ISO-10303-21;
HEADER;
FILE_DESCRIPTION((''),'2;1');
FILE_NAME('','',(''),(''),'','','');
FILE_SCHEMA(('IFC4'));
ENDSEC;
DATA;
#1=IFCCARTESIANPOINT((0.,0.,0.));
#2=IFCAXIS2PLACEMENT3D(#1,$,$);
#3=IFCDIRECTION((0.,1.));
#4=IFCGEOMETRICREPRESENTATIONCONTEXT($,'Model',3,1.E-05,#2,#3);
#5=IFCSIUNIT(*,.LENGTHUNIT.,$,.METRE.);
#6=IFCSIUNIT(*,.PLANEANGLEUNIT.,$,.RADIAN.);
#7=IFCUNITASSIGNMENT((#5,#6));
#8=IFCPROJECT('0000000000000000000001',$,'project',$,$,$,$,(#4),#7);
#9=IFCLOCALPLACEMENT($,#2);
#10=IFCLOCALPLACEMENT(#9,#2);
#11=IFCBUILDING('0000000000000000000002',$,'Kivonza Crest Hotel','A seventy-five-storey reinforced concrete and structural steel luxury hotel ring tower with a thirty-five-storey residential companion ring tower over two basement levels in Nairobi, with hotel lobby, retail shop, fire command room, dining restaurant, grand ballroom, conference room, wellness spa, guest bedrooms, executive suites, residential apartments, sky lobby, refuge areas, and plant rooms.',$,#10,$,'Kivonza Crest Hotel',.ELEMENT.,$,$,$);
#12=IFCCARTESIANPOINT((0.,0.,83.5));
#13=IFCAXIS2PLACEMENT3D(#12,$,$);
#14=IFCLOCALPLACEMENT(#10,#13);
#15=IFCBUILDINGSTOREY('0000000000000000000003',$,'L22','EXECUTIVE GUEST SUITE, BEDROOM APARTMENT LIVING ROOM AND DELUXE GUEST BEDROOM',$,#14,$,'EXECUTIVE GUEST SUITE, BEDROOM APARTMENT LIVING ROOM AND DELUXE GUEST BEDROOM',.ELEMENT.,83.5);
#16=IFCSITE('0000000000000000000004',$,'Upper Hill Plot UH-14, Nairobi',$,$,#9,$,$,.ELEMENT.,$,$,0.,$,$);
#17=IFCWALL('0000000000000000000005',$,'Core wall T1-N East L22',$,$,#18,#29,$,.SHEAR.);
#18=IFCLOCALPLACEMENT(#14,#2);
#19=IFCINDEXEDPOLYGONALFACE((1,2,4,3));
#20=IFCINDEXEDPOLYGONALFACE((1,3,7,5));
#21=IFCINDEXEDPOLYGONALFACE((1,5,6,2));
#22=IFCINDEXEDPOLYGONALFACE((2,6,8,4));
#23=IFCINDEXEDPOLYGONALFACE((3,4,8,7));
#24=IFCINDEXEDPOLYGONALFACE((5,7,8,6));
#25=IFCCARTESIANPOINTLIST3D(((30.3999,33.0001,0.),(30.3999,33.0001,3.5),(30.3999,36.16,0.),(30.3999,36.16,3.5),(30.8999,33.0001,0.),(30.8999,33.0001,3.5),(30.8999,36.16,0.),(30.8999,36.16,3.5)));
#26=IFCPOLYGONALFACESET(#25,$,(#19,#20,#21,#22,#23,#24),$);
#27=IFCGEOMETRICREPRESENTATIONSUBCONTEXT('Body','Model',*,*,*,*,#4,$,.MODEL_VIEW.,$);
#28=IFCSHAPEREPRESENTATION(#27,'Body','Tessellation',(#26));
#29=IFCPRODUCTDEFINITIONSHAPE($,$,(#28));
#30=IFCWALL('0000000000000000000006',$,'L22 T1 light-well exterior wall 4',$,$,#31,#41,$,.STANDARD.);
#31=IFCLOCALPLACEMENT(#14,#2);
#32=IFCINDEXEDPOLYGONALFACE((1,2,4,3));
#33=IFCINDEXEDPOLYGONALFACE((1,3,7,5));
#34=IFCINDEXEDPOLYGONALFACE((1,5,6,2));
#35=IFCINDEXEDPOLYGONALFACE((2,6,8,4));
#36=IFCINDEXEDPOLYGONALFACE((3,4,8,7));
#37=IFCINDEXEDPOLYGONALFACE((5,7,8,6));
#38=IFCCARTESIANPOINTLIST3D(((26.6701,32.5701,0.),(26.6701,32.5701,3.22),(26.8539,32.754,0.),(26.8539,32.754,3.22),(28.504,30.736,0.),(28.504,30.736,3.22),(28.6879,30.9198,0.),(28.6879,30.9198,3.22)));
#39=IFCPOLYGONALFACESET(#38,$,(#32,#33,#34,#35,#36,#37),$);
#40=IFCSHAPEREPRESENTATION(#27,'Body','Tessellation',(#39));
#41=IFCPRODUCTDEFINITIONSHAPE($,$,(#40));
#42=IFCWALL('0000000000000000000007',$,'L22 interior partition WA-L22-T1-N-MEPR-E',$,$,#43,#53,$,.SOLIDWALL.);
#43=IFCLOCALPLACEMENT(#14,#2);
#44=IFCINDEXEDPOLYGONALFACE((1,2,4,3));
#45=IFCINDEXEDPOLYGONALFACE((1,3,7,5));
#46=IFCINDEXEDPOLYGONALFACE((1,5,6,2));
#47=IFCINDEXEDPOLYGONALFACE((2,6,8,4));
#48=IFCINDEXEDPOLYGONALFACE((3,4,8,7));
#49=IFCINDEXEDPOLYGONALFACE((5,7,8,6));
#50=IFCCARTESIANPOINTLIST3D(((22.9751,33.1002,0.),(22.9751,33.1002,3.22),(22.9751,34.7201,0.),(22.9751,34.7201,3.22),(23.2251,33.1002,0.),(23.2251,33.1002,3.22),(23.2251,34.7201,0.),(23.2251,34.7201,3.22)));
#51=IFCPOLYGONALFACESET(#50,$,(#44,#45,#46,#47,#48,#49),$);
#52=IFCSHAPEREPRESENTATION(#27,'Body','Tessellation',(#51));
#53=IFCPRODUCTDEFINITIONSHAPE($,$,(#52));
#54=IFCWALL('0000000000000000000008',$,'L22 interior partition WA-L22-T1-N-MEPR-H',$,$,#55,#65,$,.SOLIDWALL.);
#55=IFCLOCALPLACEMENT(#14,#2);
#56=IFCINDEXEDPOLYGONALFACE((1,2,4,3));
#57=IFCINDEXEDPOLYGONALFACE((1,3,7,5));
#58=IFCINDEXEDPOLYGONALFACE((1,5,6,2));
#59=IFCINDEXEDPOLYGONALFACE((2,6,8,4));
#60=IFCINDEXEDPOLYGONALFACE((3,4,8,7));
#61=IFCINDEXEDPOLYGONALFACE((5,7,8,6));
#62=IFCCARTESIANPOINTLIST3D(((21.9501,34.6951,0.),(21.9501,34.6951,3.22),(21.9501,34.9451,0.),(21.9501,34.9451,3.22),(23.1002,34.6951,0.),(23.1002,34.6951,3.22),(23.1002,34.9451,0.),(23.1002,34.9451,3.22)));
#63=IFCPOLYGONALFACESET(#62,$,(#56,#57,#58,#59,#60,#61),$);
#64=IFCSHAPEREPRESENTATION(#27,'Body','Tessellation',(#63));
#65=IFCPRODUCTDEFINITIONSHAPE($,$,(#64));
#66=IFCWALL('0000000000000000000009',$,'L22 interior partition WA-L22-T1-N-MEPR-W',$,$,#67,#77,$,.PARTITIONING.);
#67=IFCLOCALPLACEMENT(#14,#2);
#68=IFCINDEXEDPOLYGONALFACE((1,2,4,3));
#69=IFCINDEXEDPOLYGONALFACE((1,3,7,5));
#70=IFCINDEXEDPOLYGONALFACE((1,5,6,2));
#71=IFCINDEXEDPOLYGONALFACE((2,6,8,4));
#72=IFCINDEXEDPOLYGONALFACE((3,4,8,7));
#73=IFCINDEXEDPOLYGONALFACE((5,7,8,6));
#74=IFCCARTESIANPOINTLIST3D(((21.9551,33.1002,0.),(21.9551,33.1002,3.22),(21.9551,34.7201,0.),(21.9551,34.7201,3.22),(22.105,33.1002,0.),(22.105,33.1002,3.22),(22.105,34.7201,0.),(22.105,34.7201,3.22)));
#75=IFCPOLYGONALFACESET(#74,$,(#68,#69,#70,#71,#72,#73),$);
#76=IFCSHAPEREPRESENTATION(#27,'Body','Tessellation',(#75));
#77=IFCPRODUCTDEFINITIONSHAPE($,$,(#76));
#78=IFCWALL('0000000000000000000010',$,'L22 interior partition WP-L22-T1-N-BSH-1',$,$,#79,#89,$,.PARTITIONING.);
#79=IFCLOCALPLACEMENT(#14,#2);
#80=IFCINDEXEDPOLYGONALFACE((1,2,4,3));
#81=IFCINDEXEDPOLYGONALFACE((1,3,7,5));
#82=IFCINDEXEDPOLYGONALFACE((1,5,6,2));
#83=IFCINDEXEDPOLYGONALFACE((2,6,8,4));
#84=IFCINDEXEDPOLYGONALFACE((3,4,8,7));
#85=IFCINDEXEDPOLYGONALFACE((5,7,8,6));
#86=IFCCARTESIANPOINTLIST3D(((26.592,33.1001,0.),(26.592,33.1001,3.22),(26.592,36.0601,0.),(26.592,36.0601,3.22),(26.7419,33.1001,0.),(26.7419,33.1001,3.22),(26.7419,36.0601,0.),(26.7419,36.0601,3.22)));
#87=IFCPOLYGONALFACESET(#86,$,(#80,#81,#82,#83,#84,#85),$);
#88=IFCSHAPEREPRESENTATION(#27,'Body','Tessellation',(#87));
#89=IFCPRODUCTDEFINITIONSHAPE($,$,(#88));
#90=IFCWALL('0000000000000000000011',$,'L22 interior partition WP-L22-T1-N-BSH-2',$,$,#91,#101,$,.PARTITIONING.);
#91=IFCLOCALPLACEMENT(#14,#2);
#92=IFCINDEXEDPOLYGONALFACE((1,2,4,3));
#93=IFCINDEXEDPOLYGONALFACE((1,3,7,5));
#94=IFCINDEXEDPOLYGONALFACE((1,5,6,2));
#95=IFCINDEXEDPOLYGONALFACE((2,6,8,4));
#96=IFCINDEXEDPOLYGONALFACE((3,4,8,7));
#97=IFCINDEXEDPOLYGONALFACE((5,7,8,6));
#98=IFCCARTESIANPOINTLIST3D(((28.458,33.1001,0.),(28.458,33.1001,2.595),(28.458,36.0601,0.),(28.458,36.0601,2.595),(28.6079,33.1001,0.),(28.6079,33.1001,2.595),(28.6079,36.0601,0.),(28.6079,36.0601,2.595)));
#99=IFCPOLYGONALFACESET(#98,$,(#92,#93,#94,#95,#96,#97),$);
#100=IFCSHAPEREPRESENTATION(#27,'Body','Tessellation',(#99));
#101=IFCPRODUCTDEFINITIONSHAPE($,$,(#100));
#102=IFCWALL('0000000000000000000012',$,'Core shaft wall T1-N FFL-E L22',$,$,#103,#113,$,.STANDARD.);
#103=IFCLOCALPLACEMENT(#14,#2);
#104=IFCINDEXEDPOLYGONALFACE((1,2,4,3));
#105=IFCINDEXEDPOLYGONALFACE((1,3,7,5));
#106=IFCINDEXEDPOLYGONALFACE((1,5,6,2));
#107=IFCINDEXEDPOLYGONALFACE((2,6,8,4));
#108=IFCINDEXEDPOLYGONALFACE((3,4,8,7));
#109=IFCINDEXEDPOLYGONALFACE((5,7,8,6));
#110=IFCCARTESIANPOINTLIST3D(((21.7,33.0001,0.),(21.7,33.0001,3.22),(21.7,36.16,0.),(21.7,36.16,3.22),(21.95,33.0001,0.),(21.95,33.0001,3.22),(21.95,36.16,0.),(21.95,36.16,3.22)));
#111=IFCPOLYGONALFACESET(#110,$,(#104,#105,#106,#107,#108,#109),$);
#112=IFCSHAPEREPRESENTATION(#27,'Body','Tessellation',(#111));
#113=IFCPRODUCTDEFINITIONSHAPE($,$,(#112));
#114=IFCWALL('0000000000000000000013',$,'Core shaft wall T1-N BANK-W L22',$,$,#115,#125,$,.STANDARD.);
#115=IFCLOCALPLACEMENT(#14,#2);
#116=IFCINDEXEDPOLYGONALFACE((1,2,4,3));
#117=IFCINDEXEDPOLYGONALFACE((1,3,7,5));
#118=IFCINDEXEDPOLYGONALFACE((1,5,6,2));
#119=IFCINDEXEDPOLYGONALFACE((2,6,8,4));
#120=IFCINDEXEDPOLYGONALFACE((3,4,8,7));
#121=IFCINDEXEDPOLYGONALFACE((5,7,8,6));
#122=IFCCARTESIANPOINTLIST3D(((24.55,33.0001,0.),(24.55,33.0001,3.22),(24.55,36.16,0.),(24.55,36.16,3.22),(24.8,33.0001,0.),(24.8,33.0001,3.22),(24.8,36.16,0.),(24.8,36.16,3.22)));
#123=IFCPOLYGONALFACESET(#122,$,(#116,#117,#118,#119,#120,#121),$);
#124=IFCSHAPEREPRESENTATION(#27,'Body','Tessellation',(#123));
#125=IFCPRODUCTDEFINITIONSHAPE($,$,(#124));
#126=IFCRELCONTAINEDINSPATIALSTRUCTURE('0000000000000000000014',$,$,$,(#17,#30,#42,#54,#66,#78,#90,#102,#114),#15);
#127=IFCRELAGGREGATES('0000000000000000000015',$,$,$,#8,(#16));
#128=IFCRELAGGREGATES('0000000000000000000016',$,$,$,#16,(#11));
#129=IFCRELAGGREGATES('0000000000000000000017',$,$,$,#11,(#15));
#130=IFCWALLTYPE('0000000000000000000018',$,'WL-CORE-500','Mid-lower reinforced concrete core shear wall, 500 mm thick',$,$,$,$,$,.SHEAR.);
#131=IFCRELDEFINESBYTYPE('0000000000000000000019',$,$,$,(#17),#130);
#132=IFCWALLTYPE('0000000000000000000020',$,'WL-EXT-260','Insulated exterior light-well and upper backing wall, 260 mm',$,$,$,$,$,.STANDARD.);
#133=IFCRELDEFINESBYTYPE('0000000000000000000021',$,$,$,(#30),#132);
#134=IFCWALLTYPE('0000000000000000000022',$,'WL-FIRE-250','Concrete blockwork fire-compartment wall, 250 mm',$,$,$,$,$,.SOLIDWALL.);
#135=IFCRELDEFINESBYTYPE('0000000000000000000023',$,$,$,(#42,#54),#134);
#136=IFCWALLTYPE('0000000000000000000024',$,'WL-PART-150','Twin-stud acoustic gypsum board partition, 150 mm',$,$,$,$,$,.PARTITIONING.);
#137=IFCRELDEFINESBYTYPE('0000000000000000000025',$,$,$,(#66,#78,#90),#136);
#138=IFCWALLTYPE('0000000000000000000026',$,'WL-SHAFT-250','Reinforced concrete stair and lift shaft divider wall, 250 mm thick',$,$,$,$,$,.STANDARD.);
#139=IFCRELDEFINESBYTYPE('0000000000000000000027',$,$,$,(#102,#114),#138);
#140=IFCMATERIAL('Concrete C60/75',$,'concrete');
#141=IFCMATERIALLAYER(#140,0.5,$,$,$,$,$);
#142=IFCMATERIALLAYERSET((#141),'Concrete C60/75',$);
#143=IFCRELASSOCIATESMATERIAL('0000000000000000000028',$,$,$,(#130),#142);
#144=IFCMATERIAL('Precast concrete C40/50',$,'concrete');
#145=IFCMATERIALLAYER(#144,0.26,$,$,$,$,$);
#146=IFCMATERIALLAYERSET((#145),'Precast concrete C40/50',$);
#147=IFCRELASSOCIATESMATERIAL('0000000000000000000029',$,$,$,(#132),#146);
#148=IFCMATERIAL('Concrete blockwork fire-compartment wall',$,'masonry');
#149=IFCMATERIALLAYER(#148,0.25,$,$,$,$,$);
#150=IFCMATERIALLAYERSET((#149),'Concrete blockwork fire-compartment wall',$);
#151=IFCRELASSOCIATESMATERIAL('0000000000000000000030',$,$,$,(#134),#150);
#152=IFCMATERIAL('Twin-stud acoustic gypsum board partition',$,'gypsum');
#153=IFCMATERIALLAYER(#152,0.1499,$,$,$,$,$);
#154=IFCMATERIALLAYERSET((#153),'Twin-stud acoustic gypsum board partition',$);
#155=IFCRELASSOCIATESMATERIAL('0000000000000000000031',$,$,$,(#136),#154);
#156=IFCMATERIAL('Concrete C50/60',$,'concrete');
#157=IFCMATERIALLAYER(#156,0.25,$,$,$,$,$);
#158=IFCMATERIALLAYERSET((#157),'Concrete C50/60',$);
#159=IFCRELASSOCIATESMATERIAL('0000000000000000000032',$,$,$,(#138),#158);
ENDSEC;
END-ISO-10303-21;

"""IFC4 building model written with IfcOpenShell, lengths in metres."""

from ifc_helpers import new_model, si_unit, direction, frame, frame_2d, origin, place, context, subcontext, project, spatial, rectangle, extrude, material, layer, layer_set, type_object, element, save


model = new_model("IFC4")

# Units and contexts
model_context = context("Model", 3, precision=1e-05, world=origin(), true_north=direction((0.0, 1.0)))
body_context = subcontext(model_context, "Body", "Model", "MODEL_VIEW")
ifc_project = project(units=[si_unit("LENGTHUNIT", "METRE"), si_unit("PLANEANGLEUNIT", "RADIAN")], contexts=[model_context])

# Site, building, storey
site_placement = place(None, origin())
site = spatial("IfcSite", under=ifc_project, at=site_placement, Name="Upper Hill Plot UH-14, Nairobi", CompositionType="ELEMENT", RefElevation=0.0)
building_placement = place(site_placement, origin())
building = spatial("IfcBuilding", under=site, at=building_placement, Name="Kivonza Crest Hotel", Description="A seventy-five-storey reinforced concrete and structural steel luxury hotel ring tower with a thirty-five-storey residential companion ring tower over two basement levels in Nairobi, with hotel lobby, retail shop, fire command room, dining restaurant, grand ballroom, conference room, wellness spa, guest bedrooms, executive suites, residential apartments, sky lobby, refuge areas, and plant rooms.", LongName="Kivonza Crest Hotel", CompositionType="ELEMENT")
storey_placement = place(building_placement, frame((0.0, 0.0, 83.5)))
storey = spatial("IfcBuildingStorey", under=building, at=storey_placement, Name="L22", Description="EXECUTIVE GUEST SUITE, BEDROOM APARTMENT LIVING ROOM AND DELUXE GUEST BEDROOM", LongName="EXECUTIVE GUEST SUITE, BEDROOM APARTMENT LIVING ROOM AND DELUXE GUEST BEDROOM", CompositionType="ELEMENT", Elevation=83.5)

# Shared definitions
ifc_material_1 = material(Name="Concrete C50/60", Category="concrete")
ifc_material_2 = material(Name="Concrete C60/75", Category="concrete")

# Walls
ifc_layer_1 = layer(ifc_material_2, 0.5)
ifc_layer_set_1 = layer_set([ifc_layer_1], Name="Concrete C60/75")
wall_type_1 = type_object("IfcWallType", Name="WL-CORE-500", Description="Mid-lower reinforced concrete core shear wall, 500 mm thick", PredefinedType="SHEAR", material=ifc_layer_set_1)
wall_1_placement = place(storey_placement, frame((30.6499, 33.0, 0.0), z_axis=(0.0, 0.0, 1.0), x_axis=(0.0, 1.0, 0.0)))
element("IfcWall", 1, at=wall_1_placement, inside=storey, type_object=wall_type_1, Name="Core wall T1-N East L22", PredefinedType="SHEAR", context=body_context, shape_type="SweptSolid", body=[
    extrude(rectangle(XDim=3.1599, YDim=0.5, at=frame_2d((1.5801, 0.0))), origin(), (0.0, 0.0, 1.0), 3.5),
])
ifc_material_3 = material(Name="Precast concrete C40/50", Category="concrete")
ifc_layer_2 = layer(ifc_material_3, 0.26)
ifc_layer_set_2 = layer_set([ifc_layer_2], Name="Precast concrete C40/50")
wall_type_2 = type_object("IfcWallType", Name="WL-EXT-260", Description="Insulated exterior light-well and upper backing wall, 260 mm", PredefinedType="STANDARD", material=ifc_layer_set_2)
wall_2_placement = place(storey_placement, frame((28.5959, 30.8279, 0.0), z_axis=(0.0, 0.0, 1.0), x_axis=(-0.70706, 0.707154, 0.0)))
element("IfcWall", 2, at=wall_2_placement, inside=storey, type_object=wall_type_2, Name="L22 T1 light-well exterior wall 4", PredefinedType="STANDARD", context=body_context, shape_type="SweptSolid", body=[
    extrude(rectangle(XDim=2.5938, YDim=0.26, at=frame_2d((1.2969, 0.0))), origin(), (0.0, 0.0, 1.0), 3.22),
])
ifc_material_4 = material(Name="Concrete blockwork fire-compartment wall", Category="masonry")
ifc_layer_3 = layer(ifc_material_4, 0.25)
ifc_layer_set_3 = layer_set([ifc_layer_3], Name="Concrete blockwork fire-compartment wall")
wall_type_3 = type_object("IfcWallType", Name="WL-FIRE-250", Description="Concrete blockwork fire-compartment wall, 250 mm", PredefinedType="SOLIDWALL", material=ifc_layer_set_3)
wall_3_placement = place(storey_placement, frame((23.1001, 33.1001, 0.0), z_axis=(0.0, 0.0, 1.0), x_axis=(0.0, 1.0, 0.0)))
element("IfcWall", 3, at=wall_3_placement, inside=storey, type_object=wall_type_3, Name="L22 interior partition WA-L22-T1-N-MEPR-E", PredefinedType="SOLIDWALL", context=body_context, shape_type="SweptSolid", body=[
    extrude(rectangle(XDim=1.6199, YDim=0.25, at=frame_2d((0.8101, 0.0))), origin(), (0.0, 0.0, 1.0), 3.22),
])
wall_4_placement = place(storey_placement, frame((21.95, 34.8201, 0.0), z_axis=(0.0, 0.0, 1.0), x_axis=(1.0, 0.0, 0.0)))
element("IfcWall", 4, at=wall_4_placement, inside=storey, type_object=wall_type_3, Name="L22 interior partition WA-L22-T1-N-MEPR-H", PredefinedType="SOLIDWALL", context=body_context, shape_type="SweptSolid", body=[
    extrude(rectangle(XDim=1.1501, YDim=0.25, at=frame_2d((0.5752, 0.0))), origin(), (0.0, 0.0, 1.0), 3.22),
])
ifc_material_5 = material(Name="Twin-stud acoustic gypsum board partition", Category="gypsum")
ifc_layer_4 = layer(ifc_material_5, 0.1499)
ifc_layer_set_4 = layer_set([ifc_layer_4], Name="Twin-stud acoustic gypsum board partition")
wall_type_4 = type_object("IfcWallType", Name="WL-PART-150", Description="Twin-stud acoustic gypsum board partition, 150 mm", PredefinedType="PARTITIONING", material=ifc_layer_set_4)
wall_5_placement = place(storey_placement, frame((22.03, 33.1001, 0.0), z_axis=(0.0, 0.0, 1.0), x_axis=(0.0, 1.0, 0.0)))
element("IfcWall", 5, at=wall_5_placement, inside=storey, type_object=wall_type_4, Name="L22 interior partition WA-L22-T1-N-MEPR-W", PredefinedType="PARTITIONING", context=body_context, shape_type="SweptSolid", body=[
    extrude(rectangle(XDim=1.6199, YDim=0.1499, at=frame_2d((0.8101, 0.0))), origin(), (0.0, 0.0, 1.0), 3.22),
])
wall_6_placement = place(storey_placement, frame((26.667, 33.1001, 0.0), z_axis=(0.0, 0.0, 1.0), x_axis=(0.0, 1.0, 0.0)))
element("IfcWall", 6, at=wall_6_placement, inside=storey, type_object=wall_type_4, Name="L22 interior partition WP-L22-T1-N-BSH-1", PredefinedType="PARTITIONING", context=body_context, shape_type="SweptSolid", body=[
    extrude(rectangle(XDim=2.96, YDim=0.1499, at=frame_2d((1.48, 0.0))), origin(), (0.0, 0.0, 1.0), 3.22),
])
wall_7_placement = place(storey_placement, frame((28.533, 33.1001, 0.0), z_axis=(0.0, 0.0, 1.0), x_axis=(0.0, 1.0, 0.0)))
element("IfcWall", 7, at=wall_7_placement, inside=storey, type_object=wall_type_4, Name="L22 interior partition WP-L22-T1-N-BSH-2", PredefinedType="PARTITIONING", context=body_context, shape_type="SweptSolid", body=[
    extrude(rectangle(XDim=2.96, YDim=0.1499, at=frame_2d((1.48, 0.0))), origin(), (0.0, 0.0, 1.0), 2.595),
])

# Shared definitions
ifc_layer_5 = layer(ifc_material_1, 0.25)
ifc_layer_set_5 = layer_set([ifc_layer_5], Name="Concrete C50/60")
wall_type_5 = type_object("IfcWallType", Name="WL-SHAFT-250", Description="Reinforced concrete stair and lift shaft divider wall, 250 mm thick", PredefinedType="STANDARD", material=ifc_layer_set_5)

# Walls
for number, where, z_axis, x_axis, name in (
    (8, (21.825, 33.0, 0.0), (0.0, 0.0, 1.0), (0.0, 1.0, 0.0), "Core shaft wall T1-N FFL-E L22"),
    (9, (24.675, 33.0, 0.0), (0.0, 0.0, 1.0), (0.0, 1.0, 0.0), "Core shaft wall T1-N BANK-W L22"),
):
    element("IfcWall", number, at=place(storey_placement, frame(where, z_axis=z_axis, x_axis=x_axis)), inside=storey, type_object=wall_type_5, Name=name, PredefinedType="STANDARD", context=body_context, shape_type="SweptSolid", body=[
        extrude(rectangle(XDim=3.1599, YDim=0.25, at=frame_2d((1.5801, 0.0))), origin(), (0.0, 0.0, 1.0), 3.22),
    ])

save(model, "model.ifc")
